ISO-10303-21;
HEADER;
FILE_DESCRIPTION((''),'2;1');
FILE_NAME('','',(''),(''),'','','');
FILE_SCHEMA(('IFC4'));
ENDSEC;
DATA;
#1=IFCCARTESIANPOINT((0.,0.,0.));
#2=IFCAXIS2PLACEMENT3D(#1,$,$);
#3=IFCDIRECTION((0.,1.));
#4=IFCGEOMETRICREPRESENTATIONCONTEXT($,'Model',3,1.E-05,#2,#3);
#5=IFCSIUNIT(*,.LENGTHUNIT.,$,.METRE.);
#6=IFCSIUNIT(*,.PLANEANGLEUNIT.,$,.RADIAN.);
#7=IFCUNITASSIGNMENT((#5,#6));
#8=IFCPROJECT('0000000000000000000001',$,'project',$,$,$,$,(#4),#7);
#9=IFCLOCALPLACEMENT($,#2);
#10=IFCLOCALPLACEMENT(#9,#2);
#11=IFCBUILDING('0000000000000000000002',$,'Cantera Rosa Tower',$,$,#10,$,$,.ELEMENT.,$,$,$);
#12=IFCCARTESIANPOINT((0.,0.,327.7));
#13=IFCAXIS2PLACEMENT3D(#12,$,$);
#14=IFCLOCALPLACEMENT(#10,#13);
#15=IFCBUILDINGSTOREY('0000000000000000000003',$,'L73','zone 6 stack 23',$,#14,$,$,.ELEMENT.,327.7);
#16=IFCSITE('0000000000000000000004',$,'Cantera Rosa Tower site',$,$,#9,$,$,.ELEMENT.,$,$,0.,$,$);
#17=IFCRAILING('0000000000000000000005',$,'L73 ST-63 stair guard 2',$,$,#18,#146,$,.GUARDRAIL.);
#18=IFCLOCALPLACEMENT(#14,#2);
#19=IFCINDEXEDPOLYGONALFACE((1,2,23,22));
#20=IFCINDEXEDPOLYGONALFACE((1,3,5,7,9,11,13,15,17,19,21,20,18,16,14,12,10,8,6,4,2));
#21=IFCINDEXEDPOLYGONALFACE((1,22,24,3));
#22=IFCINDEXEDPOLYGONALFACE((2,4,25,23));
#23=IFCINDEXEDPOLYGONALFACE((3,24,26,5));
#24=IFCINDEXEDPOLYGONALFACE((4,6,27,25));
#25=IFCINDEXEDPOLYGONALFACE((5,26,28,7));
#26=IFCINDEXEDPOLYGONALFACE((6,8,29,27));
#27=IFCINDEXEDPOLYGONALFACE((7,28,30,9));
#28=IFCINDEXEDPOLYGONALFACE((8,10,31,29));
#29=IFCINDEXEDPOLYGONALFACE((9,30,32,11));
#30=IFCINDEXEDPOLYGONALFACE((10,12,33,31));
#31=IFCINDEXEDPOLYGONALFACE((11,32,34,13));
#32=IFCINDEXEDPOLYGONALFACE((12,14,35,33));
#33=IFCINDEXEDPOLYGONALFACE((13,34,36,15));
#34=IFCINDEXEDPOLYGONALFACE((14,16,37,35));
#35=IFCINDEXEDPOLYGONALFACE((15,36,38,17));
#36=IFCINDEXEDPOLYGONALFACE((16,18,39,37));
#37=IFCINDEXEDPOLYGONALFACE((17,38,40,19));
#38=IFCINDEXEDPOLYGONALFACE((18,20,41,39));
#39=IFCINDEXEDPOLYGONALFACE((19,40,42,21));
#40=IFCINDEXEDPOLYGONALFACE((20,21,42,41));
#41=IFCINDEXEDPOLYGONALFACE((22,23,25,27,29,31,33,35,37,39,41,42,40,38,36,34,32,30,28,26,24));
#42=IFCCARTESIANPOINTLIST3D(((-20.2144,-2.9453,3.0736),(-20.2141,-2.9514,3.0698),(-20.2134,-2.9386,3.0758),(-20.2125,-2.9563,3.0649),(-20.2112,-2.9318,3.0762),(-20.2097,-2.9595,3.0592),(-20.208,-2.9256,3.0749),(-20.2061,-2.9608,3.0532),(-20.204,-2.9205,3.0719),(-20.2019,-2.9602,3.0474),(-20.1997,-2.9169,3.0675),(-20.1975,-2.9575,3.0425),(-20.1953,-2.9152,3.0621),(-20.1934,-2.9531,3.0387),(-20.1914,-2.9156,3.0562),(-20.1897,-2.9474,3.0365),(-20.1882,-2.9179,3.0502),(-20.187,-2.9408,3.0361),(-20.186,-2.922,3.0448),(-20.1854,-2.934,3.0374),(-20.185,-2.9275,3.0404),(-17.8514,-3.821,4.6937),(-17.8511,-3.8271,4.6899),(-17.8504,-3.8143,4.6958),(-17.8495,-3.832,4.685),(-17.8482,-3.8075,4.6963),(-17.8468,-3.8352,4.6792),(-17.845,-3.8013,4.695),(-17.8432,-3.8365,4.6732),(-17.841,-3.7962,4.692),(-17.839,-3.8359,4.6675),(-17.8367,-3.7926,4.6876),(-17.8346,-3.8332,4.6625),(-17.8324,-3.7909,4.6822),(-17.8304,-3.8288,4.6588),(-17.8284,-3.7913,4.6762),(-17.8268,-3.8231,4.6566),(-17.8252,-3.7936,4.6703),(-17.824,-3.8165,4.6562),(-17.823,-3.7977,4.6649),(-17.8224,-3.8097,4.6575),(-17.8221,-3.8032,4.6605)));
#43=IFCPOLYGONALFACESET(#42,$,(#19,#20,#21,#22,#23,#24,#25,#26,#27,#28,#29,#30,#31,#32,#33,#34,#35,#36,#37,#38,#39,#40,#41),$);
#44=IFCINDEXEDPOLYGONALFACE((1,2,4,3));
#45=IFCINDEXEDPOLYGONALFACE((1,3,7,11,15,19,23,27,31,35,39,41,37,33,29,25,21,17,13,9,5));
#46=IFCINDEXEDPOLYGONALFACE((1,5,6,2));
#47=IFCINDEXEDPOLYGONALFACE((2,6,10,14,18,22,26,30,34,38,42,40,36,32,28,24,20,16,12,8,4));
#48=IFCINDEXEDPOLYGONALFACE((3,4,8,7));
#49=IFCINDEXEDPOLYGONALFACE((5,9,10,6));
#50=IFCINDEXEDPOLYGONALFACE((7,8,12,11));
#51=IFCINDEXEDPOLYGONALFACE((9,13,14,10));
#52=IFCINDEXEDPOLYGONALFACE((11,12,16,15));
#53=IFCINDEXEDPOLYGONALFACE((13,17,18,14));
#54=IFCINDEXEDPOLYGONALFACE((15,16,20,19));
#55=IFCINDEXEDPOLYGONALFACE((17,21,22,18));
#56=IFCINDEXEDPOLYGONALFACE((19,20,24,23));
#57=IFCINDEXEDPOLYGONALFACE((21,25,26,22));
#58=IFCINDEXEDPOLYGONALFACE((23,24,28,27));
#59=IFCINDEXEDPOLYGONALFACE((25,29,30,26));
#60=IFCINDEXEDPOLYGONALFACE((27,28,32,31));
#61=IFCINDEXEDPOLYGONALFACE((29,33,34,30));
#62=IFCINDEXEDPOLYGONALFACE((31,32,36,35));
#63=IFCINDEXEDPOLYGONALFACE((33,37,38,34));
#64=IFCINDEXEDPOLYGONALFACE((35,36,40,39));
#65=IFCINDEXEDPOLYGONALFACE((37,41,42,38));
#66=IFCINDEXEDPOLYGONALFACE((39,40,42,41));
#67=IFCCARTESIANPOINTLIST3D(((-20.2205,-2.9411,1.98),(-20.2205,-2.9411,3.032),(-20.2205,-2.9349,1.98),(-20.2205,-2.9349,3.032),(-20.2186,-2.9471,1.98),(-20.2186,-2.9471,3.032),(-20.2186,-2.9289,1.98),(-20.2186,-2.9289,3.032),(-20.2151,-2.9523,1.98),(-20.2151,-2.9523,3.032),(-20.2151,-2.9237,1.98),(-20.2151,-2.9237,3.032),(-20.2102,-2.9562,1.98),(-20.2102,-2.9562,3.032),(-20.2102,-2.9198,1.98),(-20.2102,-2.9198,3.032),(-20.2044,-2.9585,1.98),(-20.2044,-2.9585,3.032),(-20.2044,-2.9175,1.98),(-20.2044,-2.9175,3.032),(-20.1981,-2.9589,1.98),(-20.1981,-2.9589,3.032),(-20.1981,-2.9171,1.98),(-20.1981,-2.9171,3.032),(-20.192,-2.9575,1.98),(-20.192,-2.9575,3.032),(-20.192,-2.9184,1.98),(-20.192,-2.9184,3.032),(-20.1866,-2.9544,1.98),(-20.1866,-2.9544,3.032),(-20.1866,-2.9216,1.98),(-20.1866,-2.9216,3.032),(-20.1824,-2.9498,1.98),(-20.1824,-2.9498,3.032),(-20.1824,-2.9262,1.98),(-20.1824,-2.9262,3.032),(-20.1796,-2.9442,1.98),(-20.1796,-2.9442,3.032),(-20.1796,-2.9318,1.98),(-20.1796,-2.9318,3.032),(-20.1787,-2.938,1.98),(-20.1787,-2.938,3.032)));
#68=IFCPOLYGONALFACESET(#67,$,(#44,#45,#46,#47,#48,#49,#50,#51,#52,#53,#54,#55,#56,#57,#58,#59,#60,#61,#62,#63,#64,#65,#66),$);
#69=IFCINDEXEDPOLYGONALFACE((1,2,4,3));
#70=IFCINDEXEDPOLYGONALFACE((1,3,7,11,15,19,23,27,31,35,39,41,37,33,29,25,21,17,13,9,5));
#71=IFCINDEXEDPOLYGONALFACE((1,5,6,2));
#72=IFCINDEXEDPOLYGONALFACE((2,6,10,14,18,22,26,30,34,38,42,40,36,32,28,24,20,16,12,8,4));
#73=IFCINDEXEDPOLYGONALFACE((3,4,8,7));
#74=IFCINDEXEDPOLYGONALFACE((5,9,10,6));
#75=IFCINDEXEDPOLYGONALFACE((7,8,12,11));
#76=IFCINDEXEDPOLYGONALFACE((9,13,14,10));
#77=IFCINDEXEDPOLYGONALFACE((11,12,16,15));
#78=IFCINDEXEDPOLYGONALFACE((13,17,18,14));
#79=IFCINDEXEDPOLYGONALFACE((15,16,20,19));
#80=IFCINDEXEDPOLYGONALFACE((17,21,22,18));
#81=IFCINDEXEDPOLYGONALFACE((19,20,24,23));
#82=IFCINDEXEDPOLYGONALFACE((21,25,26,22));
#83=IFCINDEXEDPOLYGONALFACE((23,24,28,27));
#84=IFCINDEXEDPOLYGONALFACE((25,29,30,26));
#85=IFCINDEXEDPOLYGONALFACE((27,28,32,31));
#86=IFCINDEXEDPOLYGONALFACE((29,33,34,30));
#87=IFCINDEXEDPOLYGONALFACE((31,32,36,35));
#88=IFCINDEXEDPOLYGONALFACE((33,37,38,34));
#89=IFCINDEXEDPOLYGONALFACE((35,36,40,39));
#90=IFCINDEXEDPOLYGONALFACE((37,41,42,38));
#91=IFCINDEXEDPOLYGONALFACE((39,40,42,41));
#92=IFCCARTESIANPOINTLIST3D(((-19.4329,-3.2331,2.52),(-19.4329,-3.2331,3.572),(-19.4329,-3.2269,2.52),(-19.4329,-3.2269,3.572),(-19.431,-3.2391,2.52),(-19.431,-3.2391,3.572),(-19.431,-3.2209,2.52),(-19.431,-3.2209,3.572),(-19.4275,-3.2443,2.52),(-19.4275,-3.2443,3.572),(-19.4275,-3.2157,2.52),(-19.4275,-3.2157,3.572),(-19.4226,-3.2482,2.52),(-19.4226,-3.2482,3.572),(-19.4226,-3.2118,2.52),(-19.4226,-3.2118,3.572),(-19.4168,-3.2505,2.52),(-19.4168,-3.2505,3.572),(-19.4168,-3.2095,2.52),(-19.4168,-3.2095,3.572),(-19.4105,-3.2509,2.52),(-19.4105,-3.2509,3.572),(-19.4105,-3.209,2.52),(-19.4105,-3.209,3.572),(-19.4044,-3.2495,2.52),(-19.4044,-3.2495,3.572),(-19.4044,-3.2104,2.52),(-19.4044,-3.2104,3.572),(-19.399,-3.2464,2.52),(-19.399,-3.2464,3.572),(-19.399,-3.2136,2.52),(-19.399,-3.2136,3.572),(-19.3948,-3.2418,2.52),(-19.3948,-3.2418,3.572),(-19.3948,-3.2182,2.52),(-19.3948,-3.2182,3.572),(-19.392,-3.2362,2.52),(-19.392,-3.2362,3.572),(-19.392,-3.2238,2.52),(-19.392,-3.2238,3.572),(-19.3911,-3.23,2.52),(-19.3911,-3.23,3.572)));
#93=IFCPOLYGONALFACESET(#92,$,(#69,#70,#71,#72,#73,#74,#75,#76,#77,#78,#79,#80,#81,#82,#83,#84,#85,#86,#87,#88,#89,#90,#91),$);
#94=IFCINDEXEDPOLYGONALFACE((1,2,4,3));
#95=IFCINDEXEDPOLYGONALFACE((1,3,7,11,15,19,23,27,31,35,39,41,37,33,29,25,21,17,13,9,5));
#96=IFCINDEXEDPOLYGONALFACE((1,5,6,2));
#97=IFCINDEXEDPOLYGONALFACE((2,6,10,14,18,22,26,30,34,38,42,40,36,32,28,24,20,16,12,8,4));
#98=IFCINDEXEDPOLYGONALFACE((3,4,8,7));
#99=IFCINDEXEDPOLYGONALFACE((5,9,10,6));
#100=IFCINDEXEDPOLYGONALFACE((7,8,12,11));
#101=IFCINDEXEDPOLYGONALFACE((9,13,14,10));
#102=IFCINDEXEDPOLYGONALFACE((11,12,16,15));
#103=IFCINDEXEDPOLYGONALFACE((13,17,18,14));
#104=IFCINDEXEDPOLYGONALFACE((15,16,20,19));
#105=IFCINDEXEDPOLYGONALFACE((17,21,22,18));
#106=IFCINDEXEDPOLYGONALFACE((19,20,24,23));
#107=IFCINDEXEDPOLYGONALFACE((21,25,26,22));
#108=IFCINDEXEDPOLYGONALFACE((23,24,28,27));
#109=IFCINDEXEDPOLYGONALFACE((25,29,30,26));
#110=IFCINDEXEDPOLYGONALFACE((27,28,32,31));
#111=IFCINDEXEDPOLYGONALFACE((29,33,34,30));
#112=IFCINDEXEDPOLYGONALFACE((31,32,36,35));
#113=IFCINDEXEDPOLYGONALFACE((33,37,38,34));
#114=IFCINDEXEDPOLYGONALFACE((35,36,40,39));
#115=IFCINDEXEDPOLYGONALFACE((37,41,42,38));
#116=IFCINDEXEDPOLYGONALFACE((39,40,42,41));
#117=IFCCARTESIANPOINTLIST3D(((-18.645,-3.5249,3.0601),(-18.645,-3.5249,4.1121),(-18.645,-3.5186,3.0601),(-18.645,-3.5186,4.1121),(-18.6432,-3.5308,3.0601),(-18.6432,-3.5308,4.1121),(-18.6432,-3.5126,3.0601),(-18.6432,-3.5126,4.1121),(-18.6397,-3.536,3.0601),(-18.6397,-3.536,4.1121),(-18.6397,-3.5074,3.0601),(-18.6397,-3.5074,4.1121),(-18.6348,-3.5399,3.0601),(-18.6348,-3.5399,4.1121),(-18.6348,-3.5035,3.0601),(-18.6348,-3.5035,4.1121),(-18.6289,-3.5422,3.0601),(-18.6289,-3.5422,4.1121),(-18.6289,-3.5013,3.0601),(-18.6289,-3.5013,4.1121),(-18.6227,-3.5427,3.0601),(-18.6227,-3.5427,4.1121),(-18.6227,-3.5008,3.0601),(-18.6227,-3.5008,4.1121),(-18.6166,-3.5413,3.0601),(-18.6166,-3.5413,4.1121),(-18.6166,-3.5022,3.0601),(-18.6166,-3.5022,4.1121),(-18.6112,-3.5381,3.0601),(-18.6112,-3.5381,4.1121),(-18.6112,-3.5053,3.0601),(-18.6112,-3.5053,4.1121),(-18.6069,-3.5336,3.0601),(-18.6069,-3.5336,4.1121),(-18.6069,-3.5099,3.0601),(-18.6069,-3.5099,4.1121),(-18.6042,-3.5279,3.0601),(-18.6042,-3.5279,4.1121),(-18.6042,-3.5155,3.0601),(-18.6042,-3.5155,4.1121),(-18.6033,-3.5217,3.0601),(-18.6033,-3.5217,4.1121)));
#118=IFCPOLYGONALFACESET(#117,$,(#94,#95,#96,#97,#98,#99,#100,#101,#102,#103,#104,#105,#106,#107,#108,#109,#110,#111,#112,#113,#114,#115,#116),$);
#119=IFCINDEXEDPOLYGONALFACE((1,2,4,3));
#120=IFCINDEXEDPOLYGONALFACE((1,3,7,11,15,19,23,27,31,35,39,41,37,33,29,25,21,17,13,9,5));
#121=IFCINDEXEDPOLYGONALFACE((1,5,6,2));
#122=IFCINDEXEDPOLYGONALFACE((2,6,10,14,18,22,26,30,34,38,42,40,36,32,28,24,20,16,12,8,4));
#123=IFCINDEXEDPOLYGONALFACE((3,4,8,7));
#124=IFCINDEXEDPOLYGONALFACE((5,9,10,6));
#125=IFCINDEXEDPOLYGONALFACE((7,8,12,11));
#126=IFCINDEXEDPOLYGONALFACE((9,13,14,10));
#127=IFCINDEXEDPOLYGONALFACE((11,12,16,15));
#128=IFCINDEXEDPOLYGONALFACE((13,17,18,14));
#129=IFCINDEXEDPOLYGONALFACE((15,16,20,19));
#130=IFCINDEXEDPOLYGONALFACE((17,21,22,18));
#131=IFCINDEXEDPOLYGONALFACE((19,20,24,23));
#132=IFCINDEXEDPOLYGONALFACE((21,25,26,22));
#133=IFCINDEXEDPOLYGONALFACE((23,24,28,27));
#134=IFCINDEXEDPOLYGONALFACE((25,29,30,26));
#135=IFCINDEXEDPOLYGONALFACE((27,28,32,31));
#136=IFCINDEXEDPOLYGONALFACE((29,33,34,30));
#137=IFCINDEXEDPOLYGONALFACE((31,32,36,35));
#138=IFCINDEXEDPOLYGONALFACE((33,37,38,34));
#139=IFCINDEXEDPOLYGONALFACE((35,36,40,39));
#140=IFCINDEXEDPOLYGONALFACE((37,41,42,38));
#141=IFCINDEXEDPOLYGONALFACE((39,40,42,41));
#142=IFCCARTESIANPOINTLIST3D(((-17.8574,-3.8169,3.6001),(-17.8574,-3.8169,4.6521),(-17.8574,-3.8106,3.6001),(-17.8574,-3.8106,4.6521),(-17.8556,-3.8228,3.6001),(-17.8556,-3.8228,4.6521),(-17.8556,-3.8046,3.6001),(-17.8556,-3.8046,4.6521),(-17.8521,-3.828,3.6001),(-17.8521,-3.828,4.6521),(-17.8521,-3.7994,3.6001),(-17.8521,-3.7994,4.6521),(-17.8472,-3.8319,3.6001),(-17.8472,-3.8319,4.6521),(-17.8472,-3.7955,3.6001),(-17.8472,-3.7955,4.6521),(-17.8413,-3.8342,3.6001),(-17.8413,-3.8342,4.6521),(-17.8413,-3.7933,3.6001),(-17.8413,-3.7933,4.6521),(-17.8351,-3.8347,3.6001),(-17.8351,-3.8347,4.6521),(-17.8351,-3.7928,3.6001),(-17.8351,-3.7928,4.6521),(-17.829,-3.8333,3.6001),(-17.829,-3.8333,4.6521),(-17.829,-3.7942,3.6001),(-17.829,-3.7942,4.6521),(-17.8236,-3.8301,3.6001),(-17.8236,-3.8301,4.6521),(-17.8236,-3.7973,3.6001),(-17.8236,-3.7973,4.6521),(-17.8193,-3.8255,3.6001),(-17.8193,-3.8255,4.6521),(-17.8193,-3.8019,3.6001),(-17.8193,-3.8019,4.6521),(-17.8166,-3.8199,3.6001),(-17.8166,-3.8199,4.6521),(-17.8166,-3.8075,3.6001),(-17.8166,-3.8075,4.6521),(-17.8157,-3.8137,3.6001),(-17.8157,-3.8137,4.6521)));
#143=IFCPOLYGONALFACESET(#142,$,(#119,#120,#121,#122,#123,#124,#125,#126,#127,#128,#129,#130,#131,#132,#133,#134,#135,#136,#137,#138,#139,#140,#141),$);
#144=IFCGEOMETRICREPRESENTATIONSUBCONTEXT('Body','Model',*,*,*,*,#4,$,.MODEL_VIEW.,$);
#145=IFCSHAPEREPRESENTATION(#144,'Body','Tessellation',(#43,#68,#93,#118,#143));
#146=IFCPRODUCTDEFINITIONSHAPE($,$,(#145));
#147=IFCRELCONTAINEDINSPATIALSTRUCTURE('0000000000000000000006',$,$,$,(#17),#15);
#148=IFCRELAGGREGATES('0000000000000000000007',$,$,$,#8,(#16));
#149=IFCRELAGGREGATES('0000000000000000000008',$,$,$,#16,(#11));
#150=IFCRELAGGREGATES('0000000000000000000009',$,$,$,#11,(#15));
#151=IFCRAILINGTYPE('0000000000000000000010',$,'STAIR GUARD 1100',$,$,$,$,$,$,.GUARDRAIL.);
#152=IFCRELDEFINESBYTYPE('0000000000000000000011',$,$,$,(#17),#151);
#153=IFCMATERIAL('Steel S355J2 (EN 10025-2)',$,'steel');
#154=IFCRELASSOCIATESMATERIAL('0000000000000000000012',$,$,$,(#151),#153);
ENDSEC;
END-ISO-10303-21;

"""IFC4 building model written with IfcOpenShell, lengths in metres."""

from ifc_helpers import new_model, si_unit, direction, frame, origin, origin_2d, place, context, subcontext, project, spatial, circle, extrude, material, type_object, element, save


model = new_model("IFC4")

# Units and contexts
model_context = context("Model", 3, precision=1e-05, world=origin(), true_north=direction((0.0, 1.0)))
body_context = subcontext(model_context, "Body", "Model", "MODEL_VIEW")
ifc_project = project(units=[si_unit("LENGTHUNIT", "METRE"), si_unit("PLANEANGLEUNIT", "RADIAN")], contexts=[model_context])

# Site, building, storey
site_placement = place(None, origin())
site = spatial("IfcSite", under=ifc_project, at=site_placement, Name="Cantera Rosa Tower site", CompositionType="ELEMENT", RefElevation=0.0)
building_placement = place(site_placement, origin())
building = spatial("IfcBuilding", under=site, at=building_placement, Name="Cantera Rosa Tower", CompositionType="ELEMENT")
storey_placement = place(building_placement, frame((0.0, 0.0, 327.7)))
storey = spatial("IfcBuildingStorey", under=building, at=storey_placement, Name="L73", Description="zone 6 stack 23", CompositionType="ELEMENT", Elevation=327.7)

# Railing
ifc_material_1 = material(Name="Steel S355J2 (EN 10025-2)", Category="steel")
railing_type_1 = type_object("IfcRailingType", Name="STAIR GUARD 1100", PredefinedType="GUARDRAIL", material=ifc_material_1)
railing_1_placement = place(storey_placement, frame((-20.1997, -2.938, 1.98)))
element("IfcRailing", 1, at=railing_1_placement, inside=storey, type_object=railing_type_1, Name="L73 ST-63 stair guard 2", PredefinedType="GUARDRAIL", context=body_context, shape_type="SweptSolid", body=[
    extrude(circle(Radius=0.0239, at=origin_2d()), frame((0.0, 0.0, 1.0762), z_axis=(0.788748, -0.292307, 0.540772), x_axis=(0.347501, 0.93768, 0.0)), (0.0, 0.0, 1.0), 2.9958),
    extrude(circle(Radius=0.021, at=origin_2d()), origin(), (0.0, 0.0, 1.0), 1.052),
    extrude(circle(Radius=0.021, at=origin_2d()), frame((0.7876, -0.292, 0.54)), (0.0, 0.0, 1.0), 1.052),
    extrude(circle(Radius=0.021, at=origin_2d()), frame((1.5754, -0.5837, 1.0801)), (0.0, 0.0, 1.0), 1.052),
    extrude(circle(Radius=0.021, at=origin_2d()), frame((2.363, -0.8757, 1.6201)), (0.0, 0.0, 1.0), 1.052),
])

save(model, "model.ifc")
